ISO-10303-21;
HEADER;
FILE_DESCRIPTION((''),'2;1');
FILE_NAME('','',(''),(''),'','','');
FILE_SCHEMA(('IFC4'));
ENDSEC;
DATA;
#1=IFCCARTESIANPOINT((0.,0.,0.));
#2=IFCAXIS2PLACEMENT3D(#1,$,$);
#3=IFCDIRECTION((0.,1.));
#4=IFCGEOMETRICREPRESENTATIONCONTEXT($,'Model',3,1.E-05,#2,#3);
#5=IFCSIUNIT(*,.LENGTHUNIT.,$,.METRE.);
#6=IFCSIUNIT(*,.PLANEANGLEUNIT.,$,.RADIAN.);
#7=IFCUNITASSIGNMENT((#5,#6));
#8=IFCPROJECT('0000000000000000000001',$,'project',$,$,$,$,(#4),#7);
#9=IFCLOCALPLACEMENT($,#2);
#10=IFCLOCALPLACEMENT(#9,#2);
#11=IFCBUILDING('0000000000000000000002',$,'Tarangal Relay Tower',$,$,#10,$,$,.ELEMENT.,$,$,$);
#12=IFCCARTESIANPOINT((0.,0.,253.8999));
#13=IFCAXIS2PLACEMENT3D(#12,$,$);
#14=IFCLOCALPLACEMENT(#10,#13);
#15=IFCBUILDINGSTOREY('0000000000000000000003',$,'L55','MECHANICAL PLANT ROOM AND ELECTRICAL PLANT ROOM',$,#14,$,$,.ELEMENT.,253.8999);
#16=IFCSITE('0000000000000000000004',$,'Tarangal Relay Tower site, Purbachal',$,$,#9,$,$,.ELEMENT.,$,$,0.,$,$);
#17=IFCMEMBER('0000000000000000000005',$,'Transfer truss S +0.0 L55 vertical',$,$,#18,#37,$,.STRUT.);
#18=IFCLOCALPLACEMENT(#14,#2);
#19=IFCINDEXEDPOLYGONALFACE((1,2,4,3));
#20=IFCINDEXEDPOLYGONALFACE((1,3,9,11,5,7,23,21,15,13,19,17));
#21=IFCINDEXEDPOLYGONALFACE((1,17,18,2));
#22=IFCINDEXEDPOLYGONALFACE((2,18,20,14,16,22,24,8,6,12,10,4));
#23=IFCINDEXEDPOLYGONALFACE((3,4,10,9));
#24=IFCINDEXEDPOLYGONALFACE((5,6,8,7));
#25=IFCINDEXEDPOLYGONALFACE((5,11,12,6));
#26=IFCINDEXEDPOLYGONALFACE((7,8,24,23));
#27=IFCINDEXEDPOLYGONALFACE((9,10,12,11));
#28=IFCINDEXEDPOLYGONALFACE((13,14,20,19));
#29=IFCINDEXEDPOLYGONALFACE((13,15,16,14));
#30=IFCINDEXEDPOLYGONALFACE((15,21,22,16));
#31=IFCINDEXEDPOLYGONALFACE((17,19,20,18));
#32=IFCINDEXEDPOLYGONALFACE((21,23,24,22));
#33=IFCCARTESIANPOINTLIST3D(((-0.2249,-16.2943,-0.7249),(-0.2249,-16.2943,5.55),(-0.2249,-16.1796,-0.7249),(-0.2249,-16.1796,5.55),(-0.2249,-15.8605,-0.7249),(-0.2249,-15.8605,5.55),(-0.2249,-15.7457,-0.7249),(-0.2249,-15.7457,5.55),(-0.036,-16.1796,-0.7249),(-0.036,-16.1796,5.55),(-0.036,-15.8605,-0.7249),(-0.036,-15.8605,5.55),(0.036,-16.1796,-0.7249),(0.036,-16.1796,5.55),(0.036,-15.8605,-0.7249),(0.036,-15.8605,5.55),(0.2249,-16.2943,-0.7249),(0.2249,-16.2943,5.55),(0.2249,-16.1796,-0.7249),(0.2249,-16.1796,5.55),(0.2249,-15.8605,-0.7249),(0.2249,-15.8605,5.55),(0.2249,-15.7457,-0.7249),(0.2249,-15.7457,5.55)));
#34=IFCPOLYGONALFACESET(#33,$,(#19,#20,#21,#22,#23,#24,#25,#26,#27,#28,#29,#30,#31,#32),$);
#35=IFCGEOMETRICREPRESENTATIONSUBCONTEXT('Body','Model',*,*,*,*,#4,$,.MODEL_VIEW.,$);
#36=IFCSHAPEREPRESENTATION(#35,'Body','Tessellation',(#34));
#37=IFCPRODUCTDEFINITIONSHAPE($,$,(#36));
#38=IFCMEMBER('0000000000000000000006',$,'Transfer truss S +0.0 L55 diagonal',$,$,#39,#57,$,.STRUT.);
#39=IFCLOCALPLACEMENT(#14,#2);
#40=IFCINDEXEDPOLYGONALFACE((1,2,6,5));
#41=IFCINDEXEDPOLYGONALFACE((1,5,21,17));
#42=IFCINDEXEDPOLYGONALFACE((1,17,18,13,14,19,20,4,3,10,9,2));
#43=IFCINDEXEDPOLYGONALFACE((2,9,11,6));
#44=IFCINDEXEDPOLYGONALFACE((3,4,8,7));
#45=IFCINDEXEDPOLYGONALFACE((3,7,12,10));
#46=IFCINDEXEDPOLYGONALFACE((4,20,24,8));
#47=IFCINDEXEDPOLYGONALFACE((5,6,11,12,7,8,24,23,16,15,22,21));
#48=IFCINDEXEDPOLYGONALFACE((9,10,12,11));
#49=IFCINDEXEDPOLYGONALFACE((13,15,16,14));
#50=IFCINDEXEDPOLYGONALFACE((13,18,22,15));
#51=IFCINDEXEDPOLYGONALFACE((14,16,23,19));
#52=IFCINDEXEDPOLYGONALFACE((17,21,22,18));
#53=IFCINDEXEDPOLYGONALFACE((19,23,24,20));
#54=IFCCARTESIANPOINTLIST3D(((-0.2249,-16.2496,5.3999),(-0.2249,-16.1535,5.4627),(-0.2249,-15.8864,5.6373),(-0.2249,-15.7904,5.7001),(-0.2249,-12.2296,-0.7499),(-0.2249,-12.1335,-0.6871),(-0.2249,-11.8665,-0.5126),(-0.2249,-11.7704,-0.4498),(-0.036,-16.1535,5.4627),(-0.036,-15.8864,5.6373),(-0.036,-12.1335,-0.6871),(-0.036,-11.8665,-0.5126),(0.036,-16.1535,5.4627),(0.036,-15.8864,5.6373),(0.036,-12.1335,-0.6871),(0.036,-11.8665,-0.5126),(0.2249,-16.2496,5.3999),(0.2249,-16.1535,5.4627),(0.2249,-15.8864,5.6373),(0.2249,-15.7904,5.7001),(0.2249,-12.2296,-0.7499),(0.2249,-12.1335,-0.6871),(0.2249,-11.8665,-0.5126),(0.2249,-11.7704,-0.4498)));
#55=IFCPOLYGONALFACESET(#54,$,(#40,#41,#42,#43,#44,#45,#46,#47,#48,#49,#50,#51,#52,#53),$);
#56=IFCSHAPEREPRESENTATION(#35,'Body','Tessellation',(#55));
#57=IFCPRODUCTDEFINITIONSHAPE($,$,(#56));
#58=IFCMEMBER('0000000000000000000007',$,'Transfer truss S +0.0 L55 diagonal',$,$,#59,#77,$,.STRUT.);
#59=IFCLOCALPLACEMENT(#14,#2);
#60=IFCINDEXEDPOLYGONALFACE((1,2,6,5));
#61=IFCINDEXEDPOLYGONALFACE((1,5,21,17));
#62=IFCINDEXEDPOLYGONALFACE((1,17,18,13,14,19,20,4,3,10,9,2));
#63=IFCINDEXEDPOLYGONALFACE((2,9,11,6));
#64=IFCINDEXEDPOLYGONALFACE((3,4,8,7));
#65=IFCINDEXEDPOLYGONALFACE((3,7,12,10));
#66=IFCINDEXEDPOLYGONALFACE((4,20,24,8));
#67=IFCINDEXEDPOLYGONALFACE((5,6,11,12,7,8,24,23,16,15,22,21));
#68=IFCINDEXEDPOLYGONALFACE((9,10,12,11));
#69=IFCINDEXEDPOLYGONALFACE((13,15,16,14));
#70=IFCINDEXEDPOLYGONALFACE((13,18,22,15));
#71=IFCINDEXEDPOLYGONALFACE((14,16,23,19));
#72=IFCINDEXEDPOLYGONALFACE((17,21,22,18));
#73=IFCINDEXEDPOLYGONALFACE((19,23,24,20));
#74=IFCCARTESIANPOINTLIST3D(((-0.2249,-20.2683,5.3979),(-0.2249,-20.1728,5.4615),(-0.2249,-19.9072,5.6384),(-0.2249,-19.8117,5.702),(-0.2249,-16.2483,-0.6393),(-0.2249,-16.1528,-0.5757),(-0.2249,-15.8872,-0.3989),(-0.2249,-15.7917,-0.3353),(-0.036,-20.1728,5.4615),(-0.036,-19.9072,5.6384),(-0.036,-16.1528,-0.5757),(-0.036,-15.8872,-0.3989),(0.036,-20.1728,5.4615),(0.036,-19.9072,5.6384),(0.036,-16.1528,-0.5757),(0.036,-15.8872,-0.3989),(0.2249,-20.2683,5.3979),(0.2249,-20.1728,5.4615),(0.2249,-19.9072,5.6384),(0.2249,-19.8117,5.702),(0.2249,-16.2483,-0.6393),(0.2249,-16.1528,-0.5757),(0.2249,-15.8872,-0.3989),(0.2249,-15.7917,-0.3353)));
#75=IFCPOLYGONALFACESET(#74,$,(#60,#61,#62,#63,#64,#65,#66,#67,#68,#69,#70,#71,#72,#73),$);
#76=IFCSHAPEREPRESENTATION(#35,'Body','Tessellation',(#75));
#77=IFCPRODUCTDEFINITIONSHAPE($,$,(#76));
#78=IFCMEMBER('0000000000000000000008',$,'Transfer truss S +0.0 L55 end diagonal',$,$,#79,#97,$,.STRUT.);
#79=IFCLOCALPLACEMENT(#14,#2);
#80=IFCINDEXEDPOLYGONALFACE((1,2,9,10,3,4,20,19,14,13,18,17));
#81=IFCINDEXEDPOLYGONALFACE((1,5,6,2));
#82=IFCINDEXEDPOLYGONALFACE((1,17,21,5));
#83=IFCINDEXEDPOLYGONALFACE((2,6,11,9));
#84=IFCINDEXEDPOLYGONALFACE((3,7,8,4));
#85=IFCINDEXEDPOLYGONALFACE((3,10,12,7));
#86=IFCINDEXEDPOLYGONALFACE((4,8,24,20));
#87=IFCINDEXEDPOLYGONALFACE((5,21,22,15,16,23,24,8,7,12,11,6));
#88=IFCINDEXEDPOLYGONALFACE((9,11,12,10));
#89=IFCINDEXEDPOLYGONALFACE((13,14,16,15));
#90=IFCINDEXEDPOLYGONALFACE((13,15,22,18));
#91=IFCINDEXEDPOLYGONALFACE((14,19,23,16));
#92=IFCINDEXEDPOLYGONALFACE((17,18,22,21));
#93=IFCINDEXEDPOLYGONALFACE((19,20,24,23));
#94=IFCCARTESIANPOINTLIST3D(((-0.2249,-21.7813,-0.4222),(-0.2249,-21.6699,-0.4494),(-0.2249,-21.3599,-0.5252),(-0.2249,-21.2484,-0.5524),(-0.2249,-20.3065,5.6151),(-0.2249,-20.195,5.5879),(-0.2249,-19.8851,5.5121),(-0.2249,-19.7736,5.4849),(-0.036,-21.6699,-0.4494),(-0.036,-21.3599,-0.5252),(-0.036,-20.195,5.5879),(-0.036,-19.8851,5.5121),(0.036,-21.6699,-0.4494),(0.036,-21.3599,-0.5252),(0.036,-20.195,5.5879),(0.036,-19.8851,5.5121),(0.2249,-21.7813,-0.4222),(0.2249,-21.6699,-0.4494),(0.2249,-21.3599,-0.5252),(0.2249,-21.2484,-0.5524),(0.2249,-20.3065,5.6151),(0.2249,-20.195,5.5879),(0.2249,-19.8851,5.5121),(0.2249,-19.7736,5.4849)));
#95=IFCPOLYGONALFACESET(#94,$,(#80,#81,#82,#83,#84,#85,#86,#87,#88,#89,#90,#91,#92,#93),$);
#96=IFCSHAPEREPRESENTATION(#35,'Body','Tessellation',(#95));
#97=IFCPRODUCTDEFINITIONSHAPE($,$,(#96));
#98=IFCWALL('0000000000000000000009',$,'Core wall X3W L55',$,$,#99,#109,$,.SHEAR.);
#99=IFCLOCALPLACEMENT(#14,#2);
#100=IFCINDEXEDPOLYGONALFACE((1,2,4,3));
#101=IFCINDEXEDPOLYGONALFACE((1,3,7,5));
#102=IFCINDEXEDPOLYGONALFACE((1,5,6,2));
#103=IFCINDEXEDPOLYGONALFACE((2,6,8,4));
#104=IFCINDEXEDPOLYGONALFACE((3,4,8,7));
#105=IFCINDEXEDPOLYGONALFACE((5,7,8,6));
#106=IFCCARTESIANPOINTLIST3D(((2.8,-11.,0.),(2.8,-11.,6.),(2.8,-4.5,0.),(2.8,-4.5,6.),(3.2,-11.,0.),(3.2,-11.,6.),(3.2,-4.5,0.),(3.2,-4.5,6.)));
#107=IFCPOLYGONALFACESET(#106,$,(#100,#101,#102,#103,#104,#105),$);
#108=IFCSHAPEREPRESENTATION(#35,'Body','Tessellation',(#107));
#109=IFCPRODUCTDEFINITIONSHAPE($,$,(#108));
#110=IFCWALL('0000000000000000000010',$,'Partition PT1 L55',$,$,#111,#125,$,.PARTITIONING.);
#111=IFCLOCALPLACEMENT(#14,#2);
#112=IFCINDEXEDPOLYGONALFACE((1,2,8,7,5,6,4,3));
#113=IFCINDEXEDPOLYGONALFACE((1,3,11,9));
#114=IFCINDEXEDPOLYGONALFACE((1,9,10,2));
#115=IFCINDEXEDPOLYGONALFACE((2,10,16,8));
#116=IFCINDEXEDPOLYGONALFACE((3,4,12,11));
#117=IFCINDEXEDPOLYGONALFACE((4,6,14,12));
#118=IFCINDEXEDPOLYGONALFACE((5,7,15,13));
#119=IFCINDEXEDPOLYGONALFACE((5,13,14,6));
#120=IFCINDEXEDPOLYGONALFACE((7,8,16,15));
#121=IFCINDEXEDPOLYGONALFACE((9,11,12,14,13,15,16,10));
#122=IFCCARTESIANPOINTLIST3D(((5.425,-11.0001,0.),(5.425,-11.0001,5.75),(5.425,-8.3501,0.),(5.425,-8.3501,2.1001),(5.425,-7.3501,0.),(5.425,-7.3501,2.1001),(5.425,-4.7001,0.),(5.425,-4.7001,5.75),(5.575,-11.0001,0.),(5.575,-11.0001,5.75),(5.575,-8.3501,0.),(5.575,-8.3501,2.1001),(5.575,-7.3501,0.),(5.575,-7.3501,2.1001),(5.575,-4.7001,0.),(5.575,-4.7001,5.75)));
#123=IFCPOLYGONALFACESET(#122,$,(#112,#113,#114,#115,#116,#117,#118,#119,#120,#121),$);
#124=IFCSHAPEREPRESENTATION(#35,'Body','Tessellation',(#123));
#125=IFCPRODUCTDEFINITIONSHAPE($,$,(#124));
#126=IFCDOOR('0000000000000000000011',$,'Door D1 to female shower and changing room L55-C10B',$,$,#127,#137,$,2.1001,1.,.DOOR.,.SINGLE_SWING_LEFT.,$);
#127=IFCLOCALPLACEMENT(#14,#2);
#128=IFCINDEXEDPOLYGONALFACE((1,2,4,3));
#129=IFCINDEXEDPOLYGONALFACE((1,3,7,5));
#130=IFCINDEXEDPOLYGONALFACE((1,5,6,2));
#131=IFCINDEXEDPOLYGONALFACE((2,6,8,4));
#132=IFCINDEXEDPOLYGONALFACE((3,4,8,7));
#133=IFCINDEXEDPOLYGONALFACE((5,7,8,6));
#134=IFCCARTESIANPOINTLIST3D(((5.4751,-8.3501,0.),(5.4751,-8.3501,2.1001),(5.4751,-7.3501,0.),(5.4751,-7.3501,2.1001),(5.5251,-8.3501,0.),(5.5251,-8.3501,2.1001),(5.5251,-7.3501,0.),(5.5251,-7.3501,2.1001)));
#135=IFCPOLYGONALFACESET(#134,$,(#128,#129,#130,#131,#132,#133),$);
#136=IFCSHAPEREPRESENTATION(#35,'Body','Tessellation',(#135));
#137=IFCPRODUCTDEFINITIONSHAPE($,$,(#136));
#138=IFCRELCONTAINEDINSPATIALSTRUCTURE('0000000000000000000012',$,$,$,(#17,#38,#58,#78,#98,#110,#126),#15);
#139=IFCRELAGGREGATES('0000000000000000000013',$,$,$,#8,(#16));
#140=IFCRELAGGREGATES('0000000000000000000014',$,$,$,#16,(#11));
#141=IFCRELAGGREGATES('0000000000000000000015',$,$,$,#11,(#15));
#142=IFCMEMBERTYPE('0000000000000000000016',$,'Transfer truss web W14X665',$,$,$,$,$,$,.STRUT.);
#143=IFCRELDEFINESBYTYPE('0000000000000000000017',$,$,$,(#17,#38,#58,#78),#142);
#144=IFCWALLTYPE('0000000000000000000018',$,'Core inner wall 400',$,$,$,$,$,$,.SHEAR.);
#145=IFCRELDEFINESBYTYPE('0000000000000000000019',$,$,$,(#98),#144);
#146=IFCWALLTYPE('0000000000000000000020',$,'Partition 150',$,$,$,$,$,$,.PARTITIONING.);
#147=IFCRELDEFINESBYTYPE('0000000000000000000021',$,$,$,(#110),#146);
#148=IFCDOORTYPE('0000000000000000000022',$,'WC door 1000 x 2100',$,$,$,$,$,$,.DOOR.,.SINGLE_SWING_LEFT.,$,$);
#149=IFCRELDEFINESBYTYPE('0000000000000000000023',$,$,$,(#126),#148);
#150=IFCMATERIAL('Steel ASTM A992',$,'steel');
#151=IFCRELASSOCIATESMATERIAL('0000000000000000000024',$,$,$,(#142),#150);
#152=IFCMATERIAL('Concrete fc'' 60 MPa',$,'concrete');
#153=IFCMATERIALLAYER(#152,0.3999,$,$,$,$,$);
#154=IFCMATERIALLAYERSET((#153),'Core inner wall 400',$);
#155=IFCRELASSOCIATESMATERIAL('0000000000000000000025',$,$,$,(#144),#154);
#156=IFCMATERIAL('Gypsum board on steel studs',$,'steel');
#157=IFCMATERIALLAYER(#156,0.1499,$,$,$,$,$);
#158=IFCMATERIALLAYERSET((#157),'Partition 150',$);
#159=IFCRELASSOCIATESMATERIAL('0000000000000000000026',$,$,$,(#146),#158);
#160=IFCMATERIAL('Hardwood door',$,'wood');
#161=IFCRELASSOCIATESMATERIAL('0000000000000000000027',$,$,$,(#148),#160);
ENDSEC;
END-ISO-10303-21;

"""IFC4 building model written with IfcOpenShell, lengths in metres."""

from ifc_helpers import new_model, si_unit, direction, frame, frame_2d, origin, origin_2d, place, context, subcontext, project, spatial, rectangle, i_section, extrude, material, layer, layer_set, material_profile, profile_set, type_object, element, fill, save


model = new_model("IFC4")

# Units and contexts
model_context = context("Model", 3, precision=1e-05, world=origin(), true_north=direction((0.0, 1.0)))
body_context = subcontext(model_context, "Body", "Model", "MODEL_VIEW")
ifc_project = project(units=[si_unit("LENGTHUNIT", "METRE"), si_unit("PLANEANGLEUNIT", "RADIAN")], contexts=[model_context])

# Site, building, storey
site_placement = place(None, origin())
site = spatial("IfcSite", under=ifc_project, at=site_placement, Name="Tarangal Relay Tower site, Purbachal", CompositionType="ELEMENT", RefElevation=0.0)
building_placement = place(site_placement, origin())
building = spatial("IfcBuilding", under=site, at=building_placement, Name="Tarangal Relay Tower", CompositionType="ELEMENT")
storey_placement = place(building_placement, frame((0.0, 0.0, 253.8999)))
storey = spatial("IfcBuildingStorey", under=building, at=storey_placement, Name="L55", Description="MECHANICAL PLANT ROOM AND ELECTRICAL PLANT ROOM", CompositionType="ELEMENT", Elevation=253.8999)

# Shared definitions
ifc_material_1 = material(Name="Steel ASTM A992", Category="steel")

# Members
ifc_material_profile_1 = material_profile(ifc_material_1, i_section(OverallWidth=0.4497, OverallDepth=0.5486, WebThickness=0.072, FlangeThickness=0.1147, at=origin_2d()), Name="W14X665")
ifc_profile_set_1 = profile_set([ifc_material_profile_1], Name="Steel ASTM A992")
member_type_1 = type_object("IfcMemberType", Name="Transfer truss web W14X665", PredefinedType="STRUT", material=ifc_profile_set_1)
member_1_placement = place(storey_placement, frame((0.0, -16.02, -0.7249), z_axis=(0.0, 0.0, 1.0), x_axis=(1.0, 0.0, 0.0)))
element("IfcMember", 1, at=member_1_placement, inside=storey, type_object=member_type_1, Name="Transfer truss S +0.0 L55 vertical", PredefinedType="STRUT", context=body_context, shape_type="SweptSolid", body=[
    extrude(i_section(OverallWidth=0.4497, OverallDepth=0.5486, WebThickness=0.072, FlangeThickness=0.1147, at=origin_2d()), origin(), (0.0, 0.0, 1.0), 6.2749),
])
member_2_placement = place(storey_placement, frame((0.0, -12.0, -0.5999), z_axis=(0.0, -0.547147, 0.837036), x_axis=(1.0, 0.0, 0.0)))
element("IfcMember", 2, at=member_2_placement, inside=storey, type_object=member_type_1, Name="Transfer truss S +0.0 L55 diagonal", PredefinedType="STRUT", context=body_context, shape_type="SweptSolid", body=[
    extrude(i_section(OverallWidth=0.4497, OverallDepth=0.5486, WebThickness=0.072, FlangeThickness=0.1147, at=origin_2d()), origin(), (0.0, 0.0, 1.0), 7.3472),
])
member_3_placement = place(storey_placement, frame((0.0, -16.02, -0.4873), z_axis=(0.0, -0.554234, 0.832361), x_axis=(1.0, 0.0, 0.0)))
element("IfcMember", 3, at=member_3_placement, inside=storey, type_object=member_type_1, Name="Transfer truss S +0.0 L55 diagonal", PredefinedType="STRUT", context=body_context, shape_type="SweptSolid", body=[
    extrude(i_section(OverallWidth=0.4497, OverallDepth=0.5486, WebThickness=0.072, FlangeThickness=0.1147, at=origin_2d()), origin(), (0.0, 0.0, 1.0), 7.2532),
])
member_4_placement = place(storey_placement, frame((0.0, -21.5149, -0.4873), z_axis=(0.0, 0.23731, 0.971434), x_axis=(-1.0, 0.0, 0.0)))
element("IfcMember", 4, at=member_4_placement, inside=storey, type_object=member_type_1, Name="Transfer truss S +0.0 L55 end diagonal", PredefinedType="STRUT", context=body_context, shape_type="SweptSolid", body=[
    extrude(i_section(OverallWidth=0.4497, OverallDepth=0.5486, WebThickness=0.072, FlangeThickness=0.1147, at=origin_2d()), origin(), (0.0, 0.0, 1.0), 6.2148),
])

# Wall
ifc_material_2 = material(Name="Concrete fc' 60 MPa", Category="concrete")
ifc_layer_1 = layer(ifc_material_2, 0.3999)
ifc_layer_set_1 = layer_set([ifc_layer_1], Name="Core inner wall 400")
wall_type_1 = type_object("IfcWallType", Name="Core inner wall 400", PredefinedType="SHEAR", material=ifc_layer_set_1)
wall_1_placement = place(storey_placement, frame((3.0, -11.0, 0.0), z_axis=(0.0, 0.0, 1.0), x_axis=(0.0, 1.0, 0.0)))
element("IfcWall", 5, at=wall_1_placement, inside=storey, type_object=wall_type_1, Name="Core wall X3W L55", PredefinedType="SHEAR", context=body_context, shape_type="SweptSolid", body=[
    extrude(rectangle(XDim=6.5, YDim=0.3999, at=frame_2d((3.25, 0.0))), origin(), (0.0, 0.0, 1.0), 6.0),
])

# Wall, opening, door
ifc_material_3 = material(Name="Gypsum board on steel studs", Category="steel")
ifc_layer_2 = layer(ifc_material_3, 0.1499)
ifc_layer_set_2 = layer_set([ifc_layer_2], Name="Partition 150")
wall_type_2 = type_object("IfcWallType", Name="Partition 150", PredefinedType="PARTITIONING", material=ifc_layer_set_2)
wall_2_placement = place(storey_placement, frame((5.5, -11.0, 0.0), z_axis=(0.0, 0.0, 1.0), x_axis=(0.0, 1.0, 0.0)))
wall_2 = element("IfcWall", 6, at=wall_2_placement, inside=storey, type_object=wall_type_2, Name="Partition PT1 L55", PredefinedType="PARTITIONING", context=body_context, shape_type="SweptSolid", body=[
    extrude(rectangle(XDim=6.3, YDim=0.1499, at=frame_2d((3.1499, 0.0))), origin(), (0.0, 0.0, 1.0), 5.75),
])
opening_placement = place(wall_2_placement, frame((2.6499, 0.0, 0.0)))
opening = element("IfcOpeningElement", 7, at=opening_placement, cuts=wall_2, PredefinedType="OPENING", context=body_context, shape_type="SweptSolid", body=[
    extrude(rectangle(XDim=1.0, YDim=2.1001, at=frame_2d((0.5, 1.05))), frame((0.0, 0.085, 0.0), z_axis=(0.0, -1.0, 0.0), x_axis=(1.0, 0.0, 0.0)), (0.0, 0.0, 1.0), 0.1699),
])
ifc_material_4 = material(Name="Hardwood door", Category="wood")
door_type = type_object("IfcDoorType", Name="WC door 1000 x 2100", OperationType="SINGLE_SWING_LEFT", PredefinedType="DOOR", material=ifc_material_4)
door_placement = place(opening_placement, origin())
door = element("IfcDoor", 8, at=door_placement, inside=storey, type_object=door_type, Name="Door D1 to female shower and changing room L55-C10B", OperationType="SINGLE_SWING_LEFT", OverallHeight=2.1001, OverallWidth=1.0, PredefinedType="DOOR", context=body_context, shape_type="SweptSolid", body=[
    extrude(rectangle(XDim=1.0, YDim=2.1001, at=frame_2d((0.5, 1.05))), frame((0.0, 0.0249, 0.0), z_axis=(0.0, -1.0, 0.0), x_axis=(1.0, 0.0, 0.0)), (0.0, 0.0, 1.0), 0.05),
])
fill(opening, door)

save(model, "model.ifc")
